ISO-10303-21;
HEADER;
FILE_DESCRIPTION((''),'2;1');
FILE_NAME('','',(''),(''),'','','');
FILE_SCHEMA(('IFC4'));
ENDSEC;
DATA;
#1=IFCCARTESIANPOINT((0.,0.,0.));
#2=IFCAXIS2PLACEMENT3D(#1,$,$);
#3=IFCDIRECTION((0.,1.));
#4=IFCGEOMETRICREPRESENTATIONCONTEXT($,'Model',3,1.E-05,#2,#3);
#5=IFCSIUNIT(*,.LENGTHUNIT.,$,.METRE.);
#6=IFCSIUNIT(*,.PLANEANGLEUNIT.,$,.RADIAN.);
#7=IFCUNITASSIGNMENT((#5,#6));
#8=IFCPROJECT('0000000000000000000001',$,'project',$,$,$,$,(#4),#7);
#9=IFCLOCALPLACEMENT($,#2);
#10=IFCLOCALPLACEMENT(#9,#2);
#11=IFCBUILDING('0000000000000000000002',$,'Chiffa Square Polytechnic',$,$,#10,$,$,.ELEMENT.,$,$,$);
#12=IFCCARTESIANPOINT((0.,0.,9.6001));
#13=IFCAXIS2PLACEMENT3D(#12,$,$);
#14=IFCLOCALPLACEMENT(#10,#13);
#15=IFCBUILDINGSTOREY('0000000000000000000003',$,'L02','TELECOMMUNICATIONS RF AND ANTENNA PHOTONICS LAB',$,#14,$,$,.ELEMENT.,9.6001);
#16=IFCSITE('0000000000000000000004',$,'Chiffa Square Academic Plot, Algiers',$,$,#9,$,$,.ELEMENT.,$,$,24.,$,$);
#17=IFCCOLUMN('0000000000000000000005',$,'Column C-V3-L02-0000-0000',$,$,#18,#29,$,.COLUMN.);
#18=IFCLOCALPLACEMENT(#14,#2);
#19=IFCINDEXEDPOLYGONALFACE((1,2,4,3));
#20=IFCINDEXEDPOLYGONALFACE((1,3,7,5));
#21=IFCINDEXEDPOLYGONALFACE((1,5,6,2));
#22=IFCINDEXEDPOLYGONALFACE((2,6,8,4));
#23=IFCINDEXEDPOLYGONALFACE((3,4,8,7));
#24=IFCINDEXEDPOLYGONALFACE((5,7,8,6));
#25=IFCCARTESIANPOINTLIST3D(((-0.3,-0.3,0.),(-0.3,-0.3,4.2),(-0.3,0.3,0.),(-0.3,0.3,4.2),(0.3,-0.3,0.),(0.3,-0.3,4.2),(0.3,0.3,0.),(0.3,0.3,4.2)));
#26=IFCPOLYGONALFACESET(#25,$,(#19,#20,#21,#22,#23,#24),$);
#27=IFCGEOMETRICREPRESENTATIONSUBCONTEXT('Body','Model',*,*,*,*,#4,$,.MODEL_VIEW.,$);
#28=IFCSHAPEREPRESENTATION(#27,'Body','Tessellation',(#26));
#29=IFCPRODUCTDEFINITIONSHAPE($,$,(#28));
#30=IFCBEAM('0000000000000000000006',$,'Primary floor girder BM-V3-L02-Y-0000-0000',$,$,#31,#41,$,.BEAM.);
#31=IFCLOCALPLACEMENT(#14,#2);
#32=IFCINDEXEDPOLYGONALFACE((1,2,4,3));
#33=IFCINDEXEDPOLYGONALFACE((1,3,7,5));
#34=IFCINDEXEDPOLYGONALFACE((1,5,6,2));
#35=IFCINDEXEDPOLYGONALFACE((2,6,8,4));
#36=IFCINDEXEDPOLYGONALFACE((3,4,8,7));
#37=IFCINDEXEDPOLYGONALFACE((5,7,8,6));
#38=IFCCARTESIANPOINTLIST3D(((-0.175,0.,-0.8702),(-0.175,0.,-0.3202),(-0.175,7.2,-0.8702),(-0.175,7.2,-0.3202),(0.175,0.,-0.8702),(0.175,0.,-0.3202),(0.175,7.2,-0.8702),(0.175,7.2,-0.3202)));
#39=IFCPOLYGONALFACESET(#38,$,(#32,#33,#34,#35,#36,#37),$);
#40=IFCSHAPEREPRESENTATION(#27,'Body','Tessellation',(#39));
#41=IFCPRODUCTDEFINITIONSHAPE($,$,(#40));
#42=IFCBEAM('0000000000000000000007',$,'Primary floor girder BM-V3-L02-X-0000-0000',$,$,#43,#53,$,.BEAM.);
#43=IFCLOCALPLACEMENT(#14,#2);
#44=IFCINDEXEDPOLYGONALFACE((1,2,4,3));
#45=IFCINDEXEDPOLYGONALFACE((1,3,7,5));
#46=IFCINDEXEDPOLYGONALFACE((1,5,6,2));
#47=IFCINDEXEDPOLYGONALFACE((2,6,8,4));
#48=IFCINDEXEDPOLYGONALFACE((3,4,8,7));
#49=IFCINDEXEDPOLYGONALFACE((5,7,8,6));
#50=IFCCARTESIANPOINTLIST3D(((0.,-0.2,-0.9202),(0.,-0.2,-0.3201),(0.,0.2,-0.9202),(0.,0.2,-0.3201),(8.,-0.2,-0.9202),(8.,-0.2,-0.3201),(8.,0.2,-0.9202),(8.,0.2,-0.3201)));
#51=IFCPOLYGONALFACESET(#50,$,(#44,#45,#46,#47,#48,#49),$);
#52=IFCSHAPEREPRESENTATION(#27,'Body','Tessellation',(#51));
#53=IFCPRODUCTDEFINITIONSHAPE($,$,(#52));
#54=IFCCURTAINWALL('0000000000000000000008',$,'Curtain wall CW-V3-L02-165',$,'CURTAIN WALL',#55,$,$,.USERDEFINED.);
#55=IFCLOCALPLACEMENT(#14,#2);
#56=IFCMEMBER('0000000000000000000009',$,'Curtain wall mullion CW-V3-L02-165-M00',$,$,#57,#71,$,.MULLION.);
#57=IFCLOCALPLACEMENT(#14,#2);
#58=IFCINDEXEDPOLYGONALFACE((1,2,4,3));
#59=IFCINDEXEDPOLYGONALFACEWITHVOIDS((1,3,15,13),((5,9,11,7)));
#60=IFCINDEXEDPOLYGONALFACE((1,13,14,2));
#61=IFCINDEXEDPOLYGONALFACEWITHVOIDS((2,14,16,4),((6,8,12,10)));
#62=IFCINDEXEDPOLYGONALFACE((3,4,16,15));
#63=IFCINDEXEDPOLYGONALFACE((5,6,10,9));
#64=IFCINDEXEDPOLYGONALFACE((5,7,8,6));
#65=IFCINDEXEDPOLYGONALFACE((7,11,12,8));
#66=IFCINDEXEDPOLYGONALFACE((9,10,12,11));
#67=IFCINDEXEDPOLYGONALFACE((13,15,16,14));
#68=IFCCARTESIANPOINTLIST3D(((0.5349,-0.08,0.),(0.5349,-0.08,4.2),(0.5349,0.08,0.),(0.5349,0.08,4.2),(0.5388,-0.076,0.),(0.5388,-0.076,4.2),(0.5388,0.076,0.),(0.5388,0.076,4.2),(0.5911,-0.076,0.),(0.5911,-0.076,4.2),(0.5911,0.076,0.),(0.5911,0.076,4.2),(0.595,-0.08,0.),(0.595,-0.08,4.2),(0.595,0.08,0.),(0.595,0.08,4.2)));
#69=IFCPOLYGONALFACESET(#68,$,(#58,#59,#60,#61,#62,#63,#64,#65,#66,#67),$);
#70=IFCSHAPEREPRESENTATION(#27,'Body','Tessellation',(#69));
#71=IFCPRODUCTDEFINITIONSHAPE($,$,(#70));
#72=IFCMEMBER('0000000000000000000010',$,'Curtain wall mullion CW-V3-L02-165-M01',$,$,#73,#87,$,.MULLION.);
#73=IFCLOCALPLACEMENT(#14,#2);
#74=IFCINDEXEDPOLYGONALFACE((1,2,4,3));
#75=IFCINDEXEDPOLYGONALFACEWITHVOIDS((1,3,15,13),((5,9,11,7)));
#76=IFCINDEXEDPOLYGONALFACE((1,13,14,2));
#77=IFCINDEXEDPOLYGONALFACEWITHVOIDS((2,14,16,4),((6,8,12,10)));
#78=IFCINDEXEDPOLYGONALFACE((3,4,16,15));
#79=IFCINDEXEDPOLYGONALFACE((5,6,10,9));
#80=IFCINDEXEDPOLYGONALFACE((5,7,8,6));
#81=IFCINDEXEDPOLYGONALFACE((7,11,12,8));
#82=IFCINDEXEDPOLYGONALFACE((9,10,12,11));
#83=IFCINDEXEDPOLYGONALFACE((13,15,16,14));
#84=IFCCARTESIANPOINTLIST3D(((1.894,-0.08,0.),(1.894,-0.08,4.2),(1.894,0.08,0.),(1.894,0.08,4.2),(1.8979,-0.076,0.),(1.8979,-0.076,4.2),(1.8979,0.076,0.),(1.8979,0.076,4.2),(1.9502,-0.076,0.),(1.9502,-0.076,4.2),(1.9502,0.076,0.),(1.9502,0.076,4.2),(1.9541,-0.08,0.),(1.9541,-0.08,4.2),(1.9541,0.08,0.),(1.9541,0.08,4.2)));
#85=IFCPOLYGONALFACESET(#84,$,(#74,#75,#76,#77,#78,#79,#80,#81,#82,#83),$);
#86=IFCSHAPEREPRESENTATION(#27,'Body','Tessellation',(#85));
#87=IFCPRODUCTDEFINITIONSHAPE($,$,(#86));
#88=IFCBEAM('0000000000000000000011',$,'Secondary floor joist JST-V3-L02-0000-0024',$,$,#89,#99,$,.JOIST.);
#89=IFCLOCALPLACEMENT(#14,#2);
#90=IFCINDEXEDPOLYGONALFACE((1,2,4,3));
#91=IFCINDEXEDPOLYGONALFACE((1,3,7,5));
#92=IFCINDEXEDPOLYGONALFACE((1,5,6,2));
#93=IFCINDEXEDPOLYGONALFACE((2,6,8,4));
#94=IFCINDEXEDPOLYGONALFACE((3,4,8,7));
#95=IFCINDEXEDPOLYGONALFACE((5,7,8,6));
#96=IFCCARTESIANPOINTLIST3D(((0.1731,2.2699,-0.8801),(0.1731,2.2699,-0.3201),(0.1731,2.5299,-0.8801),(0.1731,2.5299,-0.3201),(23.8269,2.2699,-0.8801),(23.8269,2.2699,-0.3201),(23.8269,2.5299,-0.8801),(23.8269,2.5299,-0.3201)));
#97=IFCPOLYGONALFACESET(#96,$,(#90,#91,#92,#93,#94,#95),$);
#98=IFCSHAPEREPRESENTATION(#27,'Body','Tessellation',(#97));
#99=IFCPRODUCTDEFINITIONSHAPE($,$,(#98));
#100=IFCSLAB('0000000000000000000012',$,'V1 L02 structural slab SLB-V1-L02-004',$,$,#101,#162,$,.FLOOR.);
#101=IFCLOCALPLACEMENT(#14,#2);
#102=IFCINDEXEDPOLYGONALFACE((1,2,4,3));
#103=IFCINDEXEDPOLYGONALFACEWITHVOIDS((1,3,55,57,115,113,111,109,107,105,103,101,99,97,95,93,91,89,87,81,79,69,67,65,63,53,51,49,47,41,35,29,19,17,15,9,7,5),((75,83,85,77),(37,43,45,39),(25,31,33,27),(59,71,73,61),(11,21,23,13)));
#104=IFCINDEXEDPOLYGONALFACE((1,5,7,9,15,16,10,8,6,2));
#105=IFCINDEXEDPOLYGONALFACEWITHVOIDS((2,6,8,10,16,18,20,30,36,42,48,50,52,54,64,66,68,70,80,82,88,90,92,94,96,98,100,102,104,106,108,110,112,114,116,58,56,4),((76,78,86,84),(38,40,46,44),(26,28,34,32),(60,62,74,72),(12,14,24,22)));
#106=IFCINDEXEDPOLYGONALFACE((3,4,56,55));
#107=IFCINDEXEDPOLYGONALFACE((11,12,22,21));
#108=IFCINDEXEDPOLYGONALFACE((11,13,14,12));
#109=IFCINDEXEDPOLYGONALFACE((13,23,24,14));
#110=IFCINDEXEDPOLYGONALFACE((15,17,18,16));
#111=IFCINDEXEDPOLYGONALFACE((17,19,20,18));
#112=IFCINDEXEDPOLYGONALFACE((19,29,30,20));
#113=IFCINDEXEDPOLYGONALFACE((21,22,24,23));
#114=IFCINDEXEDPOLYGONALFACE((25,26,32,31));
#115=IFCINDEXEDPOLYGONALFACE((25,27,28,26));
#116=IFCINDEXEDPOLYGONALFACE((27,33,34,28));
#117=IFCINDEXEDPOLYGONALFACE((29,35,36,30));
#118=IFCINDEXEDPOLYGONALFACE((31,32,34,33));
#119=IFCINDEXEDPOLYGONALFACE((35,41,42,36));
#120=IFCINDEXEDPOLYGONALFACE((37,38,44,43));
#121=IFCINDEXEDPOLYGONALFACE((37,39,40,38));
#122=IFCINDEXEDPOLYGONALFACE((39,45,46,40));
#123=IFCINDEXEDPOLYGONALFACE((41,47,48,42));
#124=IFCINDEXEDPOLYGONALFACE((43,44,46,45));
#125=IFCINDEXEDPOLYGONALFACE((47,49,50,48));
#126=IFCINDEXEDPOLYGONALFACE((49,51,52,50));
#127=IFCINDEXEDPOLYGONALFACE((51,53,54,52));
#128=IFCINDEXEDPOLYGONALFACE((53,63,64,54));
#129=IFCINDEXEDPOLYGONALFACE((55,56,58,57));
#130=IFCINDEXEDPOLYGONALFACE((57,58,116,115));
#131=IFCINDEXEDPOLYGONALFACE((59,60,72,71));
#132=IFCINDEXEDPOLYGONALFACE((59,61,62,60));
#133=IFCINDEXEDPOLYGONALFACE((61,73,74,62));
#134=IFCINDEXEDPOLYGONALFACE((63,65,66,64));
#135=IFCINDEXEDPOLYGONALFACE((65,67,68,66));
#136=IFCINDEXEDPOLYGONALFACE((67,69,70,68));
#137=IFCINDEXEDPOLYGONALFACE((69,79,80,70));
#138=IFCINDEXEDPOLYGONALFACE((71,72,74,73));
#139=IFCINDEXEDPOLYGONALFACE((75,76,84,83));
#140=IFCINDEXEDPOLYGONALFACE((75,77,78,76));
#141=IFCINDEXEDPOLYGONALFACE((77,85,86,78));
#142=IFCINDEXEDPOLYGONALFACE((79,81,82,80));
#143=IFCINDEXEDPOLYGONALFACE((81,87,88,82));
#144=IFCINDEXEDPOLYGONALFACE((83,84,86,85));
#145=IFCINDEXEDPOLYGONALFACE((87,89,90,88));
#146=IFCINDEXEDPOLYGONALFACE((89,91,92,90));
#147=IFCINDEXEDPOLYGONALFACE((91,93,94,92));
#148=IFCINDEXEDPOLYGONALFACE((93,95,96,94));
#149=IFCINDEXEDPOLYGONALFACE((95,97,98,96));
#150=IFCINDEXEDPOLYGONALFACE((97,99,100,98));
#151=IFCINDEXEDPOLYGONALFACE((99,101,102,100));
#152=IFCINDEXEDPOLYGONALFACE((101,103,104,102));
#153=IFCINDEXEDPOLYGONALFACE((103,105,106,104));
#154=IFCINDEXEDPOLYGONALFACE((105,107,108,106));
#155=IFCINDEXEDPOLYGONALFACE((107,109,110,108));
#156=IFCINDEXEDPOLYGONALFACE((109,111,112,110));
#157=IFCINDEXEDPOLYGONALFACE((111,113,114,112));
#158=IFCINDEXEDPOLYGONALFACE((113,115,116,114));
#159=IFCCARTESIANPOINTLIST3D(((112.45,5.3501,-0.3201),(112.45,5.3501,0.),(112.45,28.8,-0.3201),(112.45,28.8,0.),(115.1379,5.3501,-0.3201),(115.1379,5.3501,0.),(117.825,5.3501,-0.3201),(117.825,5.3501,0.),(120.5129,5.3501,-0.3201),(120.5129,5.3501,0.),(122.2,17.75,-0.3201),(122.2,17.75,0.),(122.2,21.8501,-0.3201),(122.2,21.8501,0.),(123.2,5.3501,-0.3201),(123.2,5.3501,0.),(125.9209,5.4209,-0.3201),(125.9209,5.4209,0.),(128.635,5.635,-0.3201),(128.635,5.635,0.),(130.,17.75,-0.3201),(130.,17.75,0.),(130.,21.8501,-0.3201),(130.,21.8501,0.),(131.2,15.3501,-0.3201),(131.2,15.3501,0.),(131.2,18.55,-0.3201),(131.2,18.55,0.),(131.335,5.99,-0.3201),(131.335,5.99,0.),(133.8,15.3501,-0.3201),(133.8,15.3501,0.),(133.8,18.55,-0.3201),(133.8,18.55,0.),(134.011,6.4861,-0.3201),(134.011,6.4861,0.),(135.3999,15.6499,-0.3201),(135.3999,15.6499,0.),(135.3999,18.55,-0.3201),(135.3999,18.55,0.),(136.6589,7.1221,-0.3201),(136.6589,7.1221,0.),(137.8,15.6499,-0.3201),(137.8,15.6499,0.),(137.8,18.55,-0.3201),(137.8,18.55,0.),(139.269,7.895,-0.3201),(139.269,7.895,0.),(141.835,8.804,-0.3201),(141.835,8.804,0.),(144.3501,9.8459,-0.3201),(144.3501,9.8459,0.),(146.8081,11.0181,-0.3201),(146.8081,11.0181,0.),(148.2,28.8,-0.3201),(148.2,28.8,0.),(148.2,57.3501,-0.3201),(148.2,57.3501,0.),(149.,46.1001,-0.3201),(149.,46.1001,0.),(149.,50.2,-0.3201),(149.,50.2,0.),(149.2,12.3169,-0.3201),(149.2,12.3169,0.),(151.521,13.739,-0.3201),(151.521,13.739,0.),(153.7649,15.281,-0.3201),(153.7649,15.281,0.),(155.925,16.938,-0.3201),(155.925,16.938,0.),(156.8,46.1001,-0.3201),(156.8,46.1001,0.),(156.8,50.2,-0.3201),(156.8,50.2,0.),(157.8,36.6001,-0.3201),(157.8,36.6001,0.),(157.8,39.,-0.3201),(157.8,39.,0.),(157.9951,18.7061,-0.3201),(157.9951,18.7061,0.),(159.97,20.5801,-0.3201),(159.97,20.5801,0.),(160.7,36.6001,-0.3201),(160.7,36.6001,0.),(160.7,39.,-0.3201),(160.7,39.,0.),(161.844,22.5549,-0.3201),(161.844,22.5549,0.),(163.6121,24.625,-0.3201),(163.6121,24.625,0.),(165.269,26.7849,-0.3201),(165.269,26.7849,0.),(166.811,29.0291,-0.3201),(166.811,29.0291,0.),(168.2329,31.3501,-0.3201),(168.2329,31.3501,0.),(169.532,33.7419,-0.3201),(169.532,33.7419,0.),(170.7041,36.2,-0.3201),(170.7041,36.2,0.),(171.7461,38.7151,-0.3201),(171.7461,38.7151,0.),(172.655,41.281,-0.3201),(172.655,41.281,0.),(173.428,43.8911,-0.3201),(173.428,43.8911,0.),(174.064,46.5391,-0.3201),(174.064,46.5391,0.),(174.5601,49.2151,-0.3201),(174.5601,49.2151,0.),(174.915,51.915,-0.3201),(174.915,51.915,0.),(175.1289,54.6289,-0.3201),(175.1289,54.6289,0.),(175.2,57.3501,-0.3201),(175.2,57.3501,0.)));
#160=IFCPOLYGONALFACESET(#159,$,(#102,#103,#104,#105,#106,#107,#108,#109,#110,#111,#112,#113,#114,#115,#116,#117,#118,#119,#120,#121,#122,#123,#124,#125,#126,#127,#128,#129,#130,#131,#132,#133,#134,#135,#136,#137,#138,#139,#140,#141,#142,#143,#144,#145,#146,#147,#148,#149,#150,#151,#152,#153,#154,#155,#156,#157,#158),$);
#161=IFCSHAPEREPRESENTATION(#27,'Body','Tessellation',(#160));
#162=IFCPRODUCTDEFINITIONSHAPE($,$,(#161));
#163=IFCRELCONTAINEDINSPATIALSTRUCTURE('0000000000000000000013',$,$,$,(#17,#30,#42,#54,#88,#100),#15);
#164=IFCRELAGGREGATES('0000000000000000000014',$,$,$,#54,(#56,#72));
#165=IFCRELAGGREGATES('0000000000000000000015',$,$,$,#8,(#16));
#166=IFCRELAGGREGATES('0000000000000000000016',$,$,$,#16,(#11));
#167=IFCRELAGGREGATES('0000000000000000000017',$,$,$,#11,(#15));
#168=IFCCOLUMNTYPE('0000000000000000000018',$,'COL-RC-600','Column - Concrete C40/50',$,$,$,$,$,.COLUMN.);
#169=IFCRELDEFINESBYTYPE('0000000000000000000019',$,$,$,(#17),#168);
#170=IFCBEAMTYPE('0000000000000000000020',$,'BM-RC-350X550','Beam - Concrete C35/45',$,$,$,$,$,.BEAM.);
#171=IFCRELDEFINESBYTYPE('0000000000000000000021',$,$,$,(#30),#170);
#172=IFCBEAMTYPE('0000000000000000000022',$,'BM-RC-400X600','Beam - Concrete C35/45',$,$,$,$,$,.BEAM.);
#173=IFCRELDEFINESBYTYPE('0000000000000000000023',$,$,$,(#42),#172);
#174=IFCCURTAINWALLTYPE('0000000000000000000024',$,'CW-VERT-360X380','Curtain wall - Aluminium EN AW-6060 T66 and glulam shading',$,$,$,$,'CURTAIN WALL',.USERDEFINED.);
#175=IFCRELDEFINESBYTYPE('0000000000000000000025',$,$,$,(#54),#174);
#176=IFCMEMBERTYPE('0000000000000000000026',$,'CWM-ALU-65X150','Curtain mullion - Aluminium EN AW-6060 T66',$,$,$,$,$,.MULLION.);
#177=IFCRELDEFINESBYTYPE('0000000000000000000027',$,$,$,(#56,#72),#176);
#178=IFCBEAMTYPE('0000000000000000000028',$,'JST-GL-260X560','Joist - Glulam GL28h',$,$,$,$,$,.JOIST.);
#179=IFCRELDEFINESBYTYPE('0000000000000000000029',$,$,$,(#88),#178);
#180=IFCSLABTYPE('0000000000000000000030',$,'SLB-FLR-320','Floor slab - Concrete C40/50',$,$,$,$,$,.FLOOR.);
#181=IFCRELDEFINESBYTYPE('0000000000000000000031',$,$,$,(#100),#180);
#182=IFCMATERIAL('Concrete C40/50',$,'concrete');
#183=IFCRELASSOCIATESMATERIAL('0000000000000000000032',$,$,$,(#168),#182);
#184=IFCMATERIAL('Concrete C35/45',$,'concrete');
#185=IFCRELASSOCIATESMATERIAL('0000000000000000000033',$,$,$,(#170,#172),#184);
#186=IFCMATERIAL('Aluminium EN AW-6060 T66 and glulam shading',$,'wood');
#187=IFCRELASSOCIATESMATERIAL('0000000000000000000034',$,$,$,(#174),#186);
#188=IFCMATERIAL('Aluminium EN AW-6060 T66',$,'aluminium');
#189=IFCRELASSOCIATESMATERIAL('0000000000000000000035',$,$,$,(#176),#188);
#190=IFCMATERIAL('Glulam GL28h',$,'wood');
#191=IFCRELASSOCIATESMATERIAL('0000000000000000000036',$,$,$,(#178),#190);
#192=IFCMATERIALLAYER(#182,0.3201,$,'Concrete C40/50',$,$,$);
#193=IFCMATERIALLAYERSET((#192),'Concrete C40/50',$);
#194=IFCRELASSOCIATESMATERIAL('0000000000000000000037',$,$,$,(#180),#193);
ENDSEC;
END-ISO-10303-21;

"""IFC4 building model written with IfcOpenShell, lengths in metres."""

from ifc_helpers import new_model, si_unit, direction, frame, origin, origin_with_axes, origin_2d, place, context, subcontext, project, spatial, polyline, rectangle, hollow_rectangle, outline, extrude, material, layer, layer_set, material_profile, profile_set, type_object, element, aggregate, save


model = new_model("IFC4")

# Units and contexts
model_context = context("Model", 3, precision=1e-05, world=origin(), true_north=direction((0.0, 1.0)))
body_context = subcontext(model_context, "Body", "Model", "MODEL_VIEW")
ifc_project = project(units=[si_unit("LENGTHUNIT", "METRE"), si_unit("PLANEANGLEUNIT", "RADIAN")], contexts=[model_context])

# Site, building, storey
site_placement = place(None, origin())
site = spatial("IfcSite", under=ifc_project, at=site_placement, Name="Chiffa Square Academic Plot, Algiers", CompositionType="ELEMENT", RefElevation=24.0)
building_placement = place(site_placement, origin())
building = spatial("IfcBuilding", under=site, at=building_placement, Name="Chiffa Square Polytechnic", CompositionType="ELEMENT")
storey_placement = place(building_placement, frame((0.0, 0.0, 9.6001)))
storey = spatial("IfcBuildingStorey", under=building, at=storey_placement, Name="L02", Description="TELECOMMUNICATIONS RF AND ANTENNA PHOTONICS LAB", CompositionType="ELEMENT", Elevation=9.6001)

# Column
ifc_material_1 = material(Name="Concrete C40/50", Category="concrete")
ifc_material_profile_1 = material_profile(ifc_material_1, rectangle(XDim=0.6001, YDim=0.6001, at=origin_2d()), Name="RC 600x600")
ifc_profile_set_1 = profile_set([ifc_material_profile_1], Name="Concrete C40/50")
column_type = type_object("IfcColumnType", Name="COL-RC-600", Description="Column - Concrete C40/50", PredefinedType="COLUMN", material=ifc_profile_set_1)
column_placement = place(storey_placement, origin_with_axes())
element("IfcColumn", 1, at=column_placement, inside=storey, type_object=column_type, Name="Column C-V3-L02-0000-0000", PredefinedType="COLUMN", context=body_context, shape_type="SweptSolid", body=[
    extrude(rectangle(XDim=0.6001, YDim=0.6001, at=origin_2d()), origin(), (0.0, 0.0, 1.0), 4.2),
])

# Beams
ifc_material_2 = material(Name="Concrete C35/45", Category="concrete")
ifc_material_profile_2 = material_profile(ifc_material_2, rectangle(XDim=0.3501, YDim=0.55, at=origin_2d()), Name="RC 350x550")
ifc_profile_set_2 = profile_set([ifc_material_profile_2], Name="Concrete C35/45")
beam_type_1 = type_object("IfcBeamType", Name="BM-RC-350X550", Description="Beam - Concrete C35/45", PredefinedType="BEAM", material=ifc_profile_set_2)
beam_1_placement = place(storey_placement, frame((0.0, 0.0, -0.5952), z_axis=(0.0, 1.0, 0.0), x_axis=(-1.0, 0.0, 0.0)))
element("IfcBeam", 2, at=beam_1_placement, inside=storey, type_object=beam_type_1, Name="Primary floor girder BM-V3-L02-Y-0000-0000", PredefinedType="BEAM", context=body_context, shape_type="SweptSolid", body=[
    extrude(rectangle(XDim=0.3501, YDim=0.55, at=origin_2d()), origin(), (0.0, 0.0, 1.0), 7.2),
])
ifc_material_profile_3 = material_profile(ifc_material_2, rectangle(XDim=0.3999, YDim=0.6001, at=origin_2d()), Name="RC 400x600")
ifc_profile_set_3 = profile_set([ifc_material_profile_3], Name="Concrete C35/45")
beam_type_2 = type_object("IfcBeamType", Name="BM-RC-400X600", Description="Beam - Concrete C35/45", PredefinedType="BEAM", material=ifc_profile_set_3)
beam_2_placement = place(storey_placement, frame((0.0, 0.0, -0.6201), z_axis=(1.0, 0.0, 0.0), x_axis=(0.0, 1.0, 0.0)))
element("IfcBeam", 3, at=beam_2_placement, inside=storey, type_object=beam_type_2, Name="Primary floor girder BM-V3-L02-X-0000-0000", PredefinedType="BEAM", context=body_context, shape_type="SweptSolid", body=[
    extrude(rectangle(XDim=0.3999, YDim=0.6001, at=origin_2d()), origin(), (0.0, 0.0, 1.0), 8.0),
])

# Curtain wall, members
ifc_material_3 = material(Name="Aluminium EN AW-6060 T66 and glulam shading", Category="wood")
curtain_wall_type = type_object("IfcCurtainWallType", Name="CW-VERT-360X380", Description="Curtain wall - Aluminium EN AW-6060 T66 and glulam shading", ElementType="CURTAIN WALL", PredefinedType="USERDEFINED", material=ifc_material_3)
curtain_wall_placement = place(storey_placement, origin())
curtain_wall = element("IfcCurtainWall", 4, at=curtain_wall_placement, inside=storey, type_object=curtain_wall_type, Name="Curtain wall CW-V3-L02-165", ObjectType="CURTAIN WALL", PredefinedType="USERDEFINED")
ifc_material_4 = material(Name="Aluminium EN AW-6060 T66", Category="aluminium")
ifc_material_profile_4 = material_profile(ifc_material_4, hollow_rectangle(XDim=0.0601, YDim=0.1599, WallThickness=0.0039, at=origin_2d()), Name="ALU 60x160x4")
ifc_profile_set_4 = profile_set([ifc_material_profile_4], Name="Aluminium EN AW-6060 T66")
member_type = type_object("IfcMemberType", Name="CWM-ALU-65X150", Description="Curtain mullion - Aluminium EN AW-6060 T66", PredefinedType="MULLION", material=ifc_profile_set_4)
member_1_placement = place(storey_placement, frame((0.5649, 0.0, 0.0), z_axis=(0.0, 0.0, 1.0), x_axis=(1.0, 0.0, 0.0)))
member_1 = element("IfcMember", 5, at=member_1_placement, type_object=member_type, Name="Curtain wall mullion CW-V3-L02-165-M00", PredefinedType="MULLION", context=body_context, shape_type="SweptSolid", body=[
    extrude(hollow_rectangle(XDim=0.0601, YDim=0.1599, WallThickness=0.0039, at=origin_2d()), origin(), (0.0, 0.0, 1.0), 4.2),
])
member_2_placement = place(storey_placement, frame((1.9241, 0.0, 0.0), z_axis=(0.0, 0.0, 1.0), x_axis=(1.0, 0.0, 0.0)))
member_2 = element("IfcMember", 6, at=member_2_placement, type_object=member_type, Name="Curtain wall mullion CW-V3-L02-165-M01", PredefinedType="MULLION", context=body_context, shape_type="SweptSolid", body=[
    extrude(hollow_rectangle(XDim=0.0601, YDim=0.1599, WallThickness=0.0039, at=origin_2d()), origin(), (0.0, 0.0, 1.0), 4.2),
])
aggregate(curtain_wall, [member_1, member_2])

# Beam
ifc_material_5 = material(Name="Glulam GL28h", Category="wood")
ifc_material_profile_5 = material_profile(ifc_material_5, rectangle(XDim=0.26, YDim=0.5601, at=origin_2d()), Name="GL28h 260x560")
ifc_profile_set_5 = profile_set([ifc_material_profile_5], Name="Glulam GL28h")
beam_type_3 = type_object("IfcBeamType", Name="JST-GL-260X560", Description="Joist - Glulam GL28h", PredefinedType="JOIST", material=ifc_profile_set_5)
beam_3_placement = place(storey_placement, frame((0.1731, 2.3999, -0.6001), z_axis=(1.0, 0.0, 0.0), x_axis=(0.0, 1.0, 0.0)))
element("IfcBeam", 7, at=beam_3_placement, inside=storey, type_object=beam_type_3, Name="Secondary floor joist JST-V3-L02-0000-0024", PredefinedType="JOIST", context=body_context, shape_type="SweptSolid", body=[
    extrude(rectangle(XDim=0.26, YDim=0.5601, at=origin_2d()), origin(), (0.0, 0.0, 1.0), 23.6538),
])

# Slab
ifc_layer_1 = layer(ifc_material_1, 0.3201, Name="Concrete C40/50")
ifc_layer_set_1 = layer_set([ifc_layer_1], Name="Concrete C40/50")
slab_type_1 = type_object("IfcSlabType", Name="SLB-FLR-320", Description="Floor slab - Concrete C40/50", PredefinedType="FLOOR", material=ifc_layer_set_1)
slab_1_placement = place(storey_placement, frame((0.0, 0.0, -0.3201)))
element("IfcSlab", 8, at=slab_1_placement, inside=storey, type_object=slab_type_1, Name="V1 L02 structural slab SLB-V1-L02-004", PredefinedType="FLOOR", context=body_context, shape_type="SweptSolid", body=[
    extrude(outline(polyline([(112.45, 28.8), (148.2, 28.8), (148.2, 57.3501), (175.2, 57.3501), (175.1289, 54.6289), (174.915, 51.915), (174.5601, 49.2151), (174.064, 46.5391), (173.428, 43.8911), (172.655, 41.281), (171.7461, 38.7151), (170.7041, 36.2), (169.532, 33.7419), (168.2329, 31.3501), (166.811, 29.0291), (165.269, 26.7849), (163.6121, 24.625), (161.844, 22.5549), (159.97, 20.5801), (157.9951, 18.7061), (155.925, 16.938), (153.7649, 15.281), (151.521, 13.739), (149.2, 12.3169), (146.8081, 11.0181), (144.3501, 9.8459), (141.835, 8.804), (139.269, 7.895), (136.6589, 7.1221), (134.011, 6.4861), (131.335, 5.99), (128.635, 5.635), (125.9209, 5.4209), (123.2, 5.3501), (120.5129, 5.3501), (117.825, 5.3501), (115.1379, 5.3501), (112.45, 5.3501), (112.45, 28.8)]), holes=[polyline([(122.2, 21.8501), (130.0, 21.8501), (130.0, 17.75), (122.2, 17.75), (122.2, 21.8501)]), polyline([(149.0, 50.2), (156.8, 50.2), (156.8, 46.1001), (149.0, 46.1001), (149.0, 50.2)]), polyline([(131.2, 18.55), (133.8, 18.55), (133.8, 15.3501), (131.2, 15.3501), (131.2, 18.55)]), polyline([(135.3999, 18.55), (137.8, 18.55), (137.8, 15.6499), (135.3999, 15.6499), (135.3999, 18.55)]), polyline([(157.8, 39.0), (160.7, 39.0), (160.7, 36.6001), (157.8, 36.6001), (157.8, 39.0)])]), origin(), (0.0, 0.0, 1.0), 0.3201),
])

save(model, "model.ifc")
